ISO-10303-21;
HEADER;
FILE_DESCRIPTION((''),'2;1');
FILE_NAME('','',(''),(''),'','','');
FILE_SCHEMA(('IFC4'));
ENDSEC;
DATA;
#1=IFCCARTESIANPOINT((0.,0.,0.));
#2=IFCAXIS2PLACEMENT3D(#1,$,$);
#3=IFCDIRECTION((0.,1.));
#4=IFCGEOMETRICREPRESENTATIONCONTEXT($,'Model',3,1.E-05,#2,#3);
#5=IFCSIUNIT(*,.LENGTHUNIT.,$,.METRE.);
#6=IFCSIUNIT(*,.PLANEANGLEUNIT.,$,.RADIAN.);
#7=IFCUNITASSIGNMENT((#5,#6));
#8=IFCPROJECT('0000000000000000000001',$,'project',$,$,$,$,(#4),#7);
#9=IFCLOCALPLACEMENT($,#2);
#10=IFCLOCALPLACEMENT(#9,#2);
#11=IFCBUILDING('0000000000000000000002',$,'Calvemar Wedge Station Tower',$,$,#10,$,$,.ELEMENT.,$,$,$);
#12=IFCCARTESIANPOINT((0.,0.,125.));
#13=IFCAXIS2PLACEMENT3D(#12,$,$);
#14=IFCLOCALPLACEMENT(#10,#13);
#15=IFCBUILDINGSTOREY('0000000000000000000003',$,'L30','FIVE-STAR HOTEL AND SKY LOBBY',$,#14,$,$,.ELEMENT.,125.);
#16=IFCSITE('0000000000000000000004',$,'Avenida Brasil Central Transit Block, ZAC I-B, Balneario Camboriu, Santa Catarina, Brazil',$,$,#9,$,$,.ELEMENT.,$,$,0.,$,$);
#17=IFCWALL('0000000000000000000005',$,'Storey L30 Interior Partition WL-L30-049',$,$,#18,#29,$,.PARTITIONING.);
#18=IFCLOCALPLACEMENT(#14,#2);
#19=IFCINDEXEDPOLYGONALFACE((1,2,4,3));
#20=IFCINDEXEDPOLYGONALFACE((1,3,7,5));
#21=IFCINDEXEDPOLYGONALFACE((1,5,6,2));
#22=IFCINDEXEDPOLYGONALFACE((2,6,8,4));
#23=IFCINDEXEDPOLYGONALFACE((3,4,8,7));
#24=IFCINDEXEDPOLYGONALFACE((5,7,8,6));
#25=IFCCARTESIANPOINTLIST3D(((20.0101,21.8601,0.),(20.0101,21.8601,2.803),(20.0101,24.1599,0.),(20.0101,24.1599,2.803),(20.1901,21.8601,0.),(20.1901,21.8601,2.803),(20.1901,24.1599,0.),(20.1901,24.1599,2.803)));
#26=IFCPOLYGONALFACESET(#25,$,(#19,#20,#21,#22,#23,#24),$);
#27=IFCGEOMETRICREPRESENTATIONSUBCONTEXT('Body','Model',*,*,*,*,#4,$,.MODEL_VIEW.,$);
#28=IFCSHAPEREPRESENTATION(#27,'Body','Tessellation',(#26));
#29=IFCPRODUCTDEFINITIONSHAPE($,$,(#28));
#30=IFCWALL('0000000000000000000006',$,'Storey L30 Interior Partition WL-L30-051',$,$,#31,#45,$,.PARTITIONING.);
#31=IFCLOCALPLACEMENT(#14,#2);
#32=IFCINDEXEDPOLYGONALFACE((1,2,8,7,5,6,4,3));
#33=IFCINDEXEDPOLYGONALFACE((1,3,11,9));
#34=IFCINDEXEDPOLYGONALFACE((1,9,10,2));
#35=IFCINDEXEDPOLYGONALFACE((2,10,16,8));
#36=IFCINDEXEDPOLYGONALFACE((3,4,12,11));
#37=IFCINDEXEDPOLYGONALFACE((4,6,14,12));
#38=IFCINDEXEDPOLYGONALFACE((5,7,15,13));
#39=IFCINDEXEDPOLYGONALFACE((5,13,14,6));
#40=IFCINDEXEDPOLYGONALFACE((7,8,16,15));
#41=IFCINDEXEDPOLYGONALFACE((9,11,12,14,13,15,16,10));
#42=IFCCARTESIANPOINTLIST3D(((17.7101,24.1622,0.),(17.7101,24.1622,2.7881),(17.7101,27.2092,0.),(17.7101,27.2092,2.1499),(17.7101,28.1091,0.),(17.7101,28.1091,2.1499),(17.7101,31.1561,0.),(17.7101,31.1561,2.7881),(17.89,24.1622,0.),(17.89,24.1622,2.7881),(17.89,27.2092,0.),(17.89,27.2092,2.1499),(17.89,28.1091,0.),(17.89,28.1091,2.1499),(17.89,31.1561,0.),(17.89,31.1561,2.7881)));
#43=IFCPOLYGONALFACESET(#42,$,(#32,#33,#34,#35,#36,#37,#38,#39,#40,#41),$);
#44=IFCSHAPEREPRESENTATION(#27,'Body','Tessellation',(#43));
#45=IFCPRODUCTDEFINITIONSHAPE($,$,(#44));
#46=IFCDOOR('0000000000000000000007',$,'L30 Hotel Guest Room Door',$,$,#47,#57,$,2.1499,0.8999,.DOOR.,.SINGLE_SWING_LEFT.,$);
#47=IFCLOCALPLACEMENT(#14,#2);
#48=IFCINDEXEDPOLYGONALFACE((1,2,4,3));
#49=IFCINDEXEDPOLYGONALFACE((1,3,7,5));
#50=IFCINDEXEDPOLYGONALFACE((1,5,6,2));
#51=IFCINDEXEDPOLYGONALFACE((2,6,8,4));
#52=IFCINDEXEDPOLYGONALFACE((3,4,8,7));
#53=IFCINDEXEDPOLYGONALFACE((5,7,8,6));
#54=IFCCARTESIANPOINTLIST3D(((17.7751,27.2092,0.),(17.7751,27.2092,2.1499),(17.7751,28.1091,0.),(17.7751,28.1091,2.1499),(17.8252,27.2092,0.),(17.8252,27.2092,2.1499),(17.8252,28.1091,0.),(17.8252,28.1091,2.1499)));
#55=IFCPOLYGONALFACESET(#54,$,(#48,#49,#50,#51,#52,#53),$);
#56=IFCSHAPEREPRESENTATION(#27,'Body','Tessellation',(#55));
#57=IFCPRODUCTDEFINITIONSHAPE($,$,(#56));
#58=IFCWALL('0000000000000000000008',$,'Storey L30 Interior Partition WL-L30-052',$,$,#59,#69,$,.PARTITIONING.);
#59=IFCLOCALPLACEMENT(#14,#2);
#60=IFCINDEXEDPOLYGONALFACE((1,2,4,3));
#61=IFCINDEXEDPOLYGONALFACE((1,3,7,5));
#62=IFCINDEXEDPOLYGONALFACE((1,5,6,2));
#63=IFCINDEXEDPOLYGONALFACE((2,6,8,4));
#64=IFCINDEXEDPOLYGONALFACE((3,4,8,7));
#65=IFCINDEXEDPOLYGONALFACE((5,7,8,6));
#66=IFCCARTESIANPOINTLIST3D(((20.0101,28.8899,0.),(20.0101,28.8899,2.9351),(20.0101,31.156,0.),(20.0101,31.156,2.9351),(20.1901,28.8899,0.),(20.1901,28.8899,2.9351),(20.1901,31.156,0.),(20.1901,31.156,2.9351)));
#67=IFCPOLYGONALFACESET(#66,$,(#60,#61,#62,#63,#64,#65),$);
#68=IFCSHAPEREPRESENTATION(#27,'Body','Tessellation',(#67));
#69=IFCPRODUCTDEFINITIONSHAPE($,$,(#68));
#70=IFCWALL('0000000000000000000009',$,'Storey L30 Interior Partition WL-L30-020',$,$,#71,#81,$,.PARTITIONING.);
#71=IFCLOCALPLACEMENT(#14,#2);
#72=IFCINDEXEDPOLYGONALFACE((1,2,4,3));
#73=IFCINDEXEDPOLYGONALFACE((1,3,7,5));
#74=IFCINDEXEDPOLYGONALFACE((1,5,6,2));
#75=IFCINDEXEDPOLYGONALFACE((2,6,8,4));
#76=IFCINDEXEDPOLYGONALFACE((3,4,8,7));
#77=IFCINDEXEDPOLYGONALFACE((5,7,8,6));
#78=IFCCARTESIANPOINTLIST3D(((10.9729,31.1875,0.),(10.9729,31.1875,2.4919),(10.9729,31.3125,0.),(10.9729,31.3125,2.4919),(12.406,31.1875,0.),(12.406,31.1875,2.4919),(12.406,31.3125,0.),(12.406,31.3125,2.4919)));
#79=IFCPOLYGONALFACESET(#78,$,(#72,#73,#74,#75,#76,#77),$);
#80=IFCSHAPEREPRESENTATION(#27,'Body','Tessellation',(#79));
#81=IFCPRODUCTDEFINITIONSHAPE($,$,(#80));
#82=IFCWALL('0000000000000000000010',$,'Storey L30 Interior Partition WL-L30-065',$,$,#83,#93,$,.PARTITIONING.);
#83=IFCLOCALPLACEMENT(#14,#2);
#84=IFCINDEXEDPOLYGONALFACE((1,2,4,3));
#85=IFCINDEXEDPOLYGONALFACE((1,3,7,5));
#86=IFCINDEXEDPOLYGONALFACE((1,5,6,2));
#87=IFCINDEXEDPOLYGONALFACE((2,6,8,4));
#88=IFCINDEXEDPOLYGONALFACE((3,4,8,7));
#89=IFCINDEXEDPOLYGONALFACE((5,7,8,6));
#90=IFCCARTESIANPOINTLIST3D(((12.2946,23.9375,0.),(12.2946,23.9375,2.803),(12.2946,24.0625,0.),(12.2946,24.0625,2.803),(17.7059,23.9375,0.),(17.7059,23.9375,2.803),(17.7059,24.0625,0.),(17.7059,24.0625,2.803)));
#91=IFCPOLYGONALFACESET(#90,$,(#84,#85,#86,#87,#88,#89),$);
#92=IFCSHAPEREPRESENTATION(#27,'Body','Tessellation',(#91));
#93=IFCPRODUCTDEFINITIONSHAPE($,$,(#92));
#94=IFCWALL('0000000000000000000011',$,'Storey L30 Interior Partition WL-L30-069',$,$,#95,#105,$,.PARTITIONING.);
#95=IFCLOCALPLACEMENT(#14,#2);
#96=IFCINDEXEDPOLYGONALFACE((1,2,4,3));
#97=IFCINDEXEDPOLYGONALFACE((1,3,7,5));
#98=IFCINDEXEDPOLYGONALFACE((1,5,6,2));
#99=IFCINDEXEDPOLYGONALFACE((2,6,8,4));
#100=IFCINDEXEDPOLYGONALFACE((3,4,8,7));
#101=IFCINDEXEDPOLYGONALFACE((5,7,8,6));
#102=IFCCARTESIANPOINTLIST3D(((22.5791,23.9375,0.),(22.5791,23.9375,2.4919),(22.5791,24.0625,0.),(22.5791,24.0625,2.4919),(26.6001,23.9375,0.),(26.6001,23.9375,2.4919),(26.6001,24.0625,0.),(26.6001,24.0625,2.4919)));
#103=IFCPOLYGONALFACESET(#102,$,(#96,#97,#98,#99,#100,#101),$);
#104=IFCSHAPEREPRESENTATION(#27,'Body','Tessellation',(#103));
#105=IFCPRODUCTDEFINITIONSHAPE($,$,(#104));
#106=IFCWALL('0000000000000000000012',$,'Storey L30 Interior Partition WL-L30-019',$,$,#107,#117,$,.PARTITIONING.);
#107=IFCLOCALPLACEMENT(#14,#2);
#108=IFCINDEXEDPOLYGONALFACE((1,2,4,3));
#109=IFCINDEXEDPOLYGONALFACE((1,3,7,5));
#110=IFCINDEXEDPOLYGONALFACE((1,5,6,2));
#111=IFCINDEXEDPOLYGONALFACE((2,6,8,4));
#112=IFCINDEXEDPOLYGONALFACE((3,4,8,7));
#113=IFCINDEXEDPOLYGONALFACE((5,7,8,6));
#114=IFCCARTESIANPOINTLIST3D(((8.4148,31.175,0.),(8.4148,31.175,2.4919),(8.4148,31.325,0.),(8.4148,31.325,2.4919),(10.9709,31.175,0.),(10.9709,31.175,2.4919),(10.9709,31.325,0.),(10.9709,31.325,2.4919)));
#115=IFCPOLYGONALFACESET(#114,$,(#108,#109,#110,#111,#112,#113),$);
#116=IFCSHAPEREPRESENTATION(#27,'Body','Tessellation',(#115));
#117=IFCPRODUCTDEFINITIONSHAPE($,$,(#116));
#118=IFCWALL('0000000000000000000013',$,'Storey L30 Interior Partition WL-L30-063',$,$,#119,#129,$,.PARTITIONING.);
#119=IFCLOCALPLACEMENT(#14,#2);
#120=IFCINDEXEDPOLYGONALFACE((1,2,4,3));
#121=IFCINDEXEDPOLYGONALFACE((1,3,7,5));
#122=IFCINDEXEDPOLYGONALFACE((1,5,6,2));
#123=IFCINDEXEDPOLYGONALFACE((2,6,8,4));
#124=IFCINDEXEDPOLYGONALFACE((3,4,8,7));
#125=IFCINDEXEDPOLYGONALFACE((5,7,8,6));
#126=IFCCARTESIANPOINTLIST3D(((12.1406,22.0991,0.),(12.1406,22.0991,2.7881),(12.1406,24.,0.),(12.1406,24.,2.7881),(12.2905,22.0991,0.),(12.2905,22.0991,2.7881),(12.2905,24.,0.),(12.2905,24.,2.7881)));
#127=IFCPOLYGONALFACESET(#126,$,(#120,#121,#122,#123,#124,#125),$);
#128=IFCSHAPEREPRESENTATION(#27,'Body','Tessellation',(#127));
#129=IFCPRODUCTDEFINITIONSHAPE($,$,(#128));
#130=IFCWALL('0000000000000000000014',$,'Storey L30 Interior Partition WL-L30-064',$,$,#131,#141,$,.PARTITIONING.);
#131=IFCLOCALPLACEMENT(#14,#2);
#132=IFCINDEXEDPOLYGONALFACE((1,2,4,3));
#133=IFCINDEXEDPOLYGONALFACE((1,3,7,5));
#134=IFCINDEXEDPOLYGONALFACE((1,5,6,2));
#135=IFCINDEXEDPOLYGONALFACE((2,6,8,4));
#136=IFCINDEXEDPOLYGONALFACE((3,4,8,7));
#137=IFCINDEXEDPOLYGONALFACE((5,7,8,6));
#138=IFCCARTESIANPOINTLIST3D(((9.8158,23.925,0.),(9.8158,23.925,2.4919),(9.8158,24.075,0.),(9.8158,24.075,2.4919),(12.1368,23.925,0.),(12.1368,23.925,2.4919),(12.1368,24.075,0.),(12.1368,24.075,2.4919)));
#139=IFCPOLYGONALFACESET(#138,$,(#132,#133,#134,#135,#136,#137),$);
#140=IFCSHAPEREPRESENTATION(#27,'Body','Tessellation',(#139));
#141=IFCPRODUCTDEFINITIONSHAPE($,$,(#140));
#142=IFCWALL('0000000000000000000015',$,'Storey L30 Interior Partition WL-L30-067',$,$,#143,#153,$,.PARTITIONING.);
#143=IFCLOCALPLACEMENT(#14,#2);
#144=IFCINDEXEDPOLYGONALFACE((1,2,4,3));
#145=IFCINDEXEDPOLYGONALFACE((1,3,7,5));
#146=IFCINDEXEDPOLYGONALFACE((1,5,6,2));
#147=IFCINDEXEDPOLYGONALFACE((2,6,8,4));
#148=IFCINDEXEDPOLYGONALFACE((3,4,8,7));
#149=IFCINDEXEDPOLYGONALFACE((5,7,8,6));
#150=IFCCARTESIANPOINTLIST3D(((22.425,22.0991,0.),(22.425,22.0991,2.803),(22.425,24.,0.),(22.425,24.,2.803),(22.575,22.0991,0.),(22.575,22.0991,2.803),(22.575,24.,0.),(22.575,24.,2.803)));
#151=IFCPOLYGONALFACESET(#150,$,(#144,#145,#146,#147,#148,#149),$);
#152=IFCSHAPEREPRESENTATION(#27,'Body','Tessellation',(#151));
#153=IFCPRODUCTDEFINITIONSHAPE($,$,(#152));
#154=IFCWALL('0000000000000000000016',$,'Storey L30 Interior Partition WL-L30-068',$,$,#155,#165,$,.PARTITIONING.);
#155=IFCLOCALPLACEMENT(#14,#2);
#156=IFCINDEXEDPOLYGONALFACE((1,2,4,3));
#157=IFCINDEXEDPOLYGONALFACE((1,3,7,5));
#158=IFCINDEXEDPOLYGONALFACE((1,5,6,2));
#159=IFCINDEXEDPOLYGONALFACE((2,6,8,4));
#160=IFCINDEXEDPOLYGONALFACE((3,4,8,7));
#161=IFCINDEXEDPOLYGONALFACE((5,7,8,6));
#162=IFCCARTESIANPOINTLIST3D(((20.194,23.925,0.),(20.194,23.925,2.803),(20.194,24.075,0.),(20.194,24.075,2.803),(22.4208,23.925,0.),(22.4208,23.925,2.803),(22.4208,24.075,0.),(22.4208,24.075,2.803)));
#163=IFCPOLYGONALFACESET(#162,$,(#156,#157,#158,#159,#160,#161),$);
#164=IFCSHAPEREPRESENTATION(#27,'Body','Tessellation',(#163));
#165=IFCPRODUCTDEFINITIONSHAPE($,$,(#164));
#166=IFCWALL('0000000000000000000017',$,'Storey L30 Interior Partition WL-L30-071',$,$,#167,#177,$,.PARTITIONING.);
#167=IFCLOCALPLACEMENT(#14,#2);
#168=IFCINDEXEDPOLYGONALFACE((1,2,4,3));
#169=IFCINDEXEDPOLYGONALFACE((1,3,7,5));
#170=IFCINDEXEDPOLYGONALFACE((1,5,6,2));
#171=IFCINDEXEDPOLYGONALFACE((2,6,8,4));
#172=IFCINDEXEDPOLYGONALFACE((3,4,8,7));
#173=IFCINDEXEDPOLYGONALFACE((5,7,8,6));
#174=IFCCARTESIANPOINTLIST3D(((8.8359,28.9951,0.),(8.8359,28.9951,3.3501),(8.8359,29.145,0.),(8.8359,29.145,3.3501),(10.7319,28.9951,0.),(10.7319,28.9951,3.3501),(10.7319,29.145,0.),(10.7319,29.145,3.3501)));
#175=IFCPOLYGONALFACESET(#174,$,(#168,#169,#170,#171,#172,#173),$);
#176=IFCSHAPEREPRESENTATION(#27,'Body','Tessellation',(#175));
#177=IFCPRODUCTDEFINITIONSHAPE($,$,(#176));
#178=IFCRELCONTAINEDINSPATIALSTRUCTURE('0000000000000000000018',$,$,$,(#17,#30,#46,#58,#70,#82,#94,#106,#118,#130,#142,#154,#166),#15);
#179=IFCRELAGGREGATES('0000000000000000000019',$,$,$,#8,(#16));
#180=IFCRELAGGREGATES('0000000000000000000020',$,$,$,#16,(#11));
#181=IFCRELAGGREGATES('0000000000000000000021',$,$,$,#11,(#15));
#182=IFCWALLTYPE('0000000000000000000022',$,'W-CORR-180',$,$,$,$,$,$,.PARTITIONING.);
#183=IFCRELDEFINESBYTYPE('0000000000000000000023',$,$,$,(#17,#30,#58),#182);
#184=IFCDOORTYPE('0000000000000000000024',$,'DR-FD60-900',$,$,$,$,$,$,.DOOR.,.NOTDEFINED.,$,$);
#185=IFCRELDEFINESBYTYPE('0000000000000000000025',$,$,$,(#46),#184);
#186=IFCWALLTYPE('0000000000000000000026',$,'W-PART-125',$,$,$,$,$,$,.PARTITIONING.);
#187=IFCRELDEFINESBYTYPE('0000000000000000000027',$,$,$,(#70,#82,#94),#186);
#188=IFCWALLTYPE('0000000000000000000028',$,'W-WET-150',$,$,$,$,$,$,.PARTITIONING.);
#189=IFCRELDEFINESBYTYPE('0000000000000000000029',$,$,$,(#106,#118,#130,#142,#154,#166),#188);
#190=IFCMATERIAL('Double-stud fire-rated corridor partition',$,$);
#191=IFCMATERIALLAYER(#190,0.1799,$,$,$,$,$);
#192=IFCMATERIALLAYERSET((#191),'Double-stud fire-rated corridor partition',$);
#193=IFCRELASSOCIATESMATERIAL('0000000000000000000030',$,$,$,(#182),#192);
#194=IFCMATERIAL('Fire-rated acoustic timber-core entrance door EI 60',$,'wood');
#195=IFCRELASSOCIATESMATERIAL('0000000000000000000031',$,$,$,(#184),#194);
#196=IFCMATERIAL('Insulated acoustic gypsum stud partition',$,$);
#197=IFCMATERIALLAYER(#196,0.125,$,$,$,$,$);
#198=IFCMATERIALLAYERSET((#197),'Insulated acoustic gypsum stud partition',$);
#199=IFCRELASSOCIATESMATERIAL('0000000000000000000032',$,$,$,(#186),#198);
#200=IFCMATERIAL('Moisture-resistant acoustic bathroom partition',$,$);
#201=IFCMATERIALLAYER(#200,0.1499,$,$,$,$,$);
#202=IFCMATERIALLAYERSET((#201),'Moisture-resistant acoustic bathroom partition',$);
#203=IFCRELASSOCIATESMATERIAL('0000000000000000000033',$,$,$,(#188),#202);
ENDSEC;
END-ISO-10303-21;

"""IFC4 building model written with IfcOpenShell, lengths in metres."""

from ifc_helpers import new_model, si_unit, direction, frame, frame_2d, origin, place, context, subcontext, project, spatial, rectangle, extrude, source, transform, mapped, material, layer, layer_set, type_object, element, fill, save


model = new_model("IFC4")

# Units and contexts
model_context = context("Model", 3, precision=1e-05, world=origin(), true_north=direction((0.0, 1.0)))
body_context = subcontext(model_context, "Body", "Model", "MODEL_VIEW")
ifc_project = project(units=[si_unit("LENGTHUNIT", "METRE"), si_unit("PLANEANGLEUNIT", "RADIAN")], contexts=[model_context])

# Site, building, storey
site_placement = place(None, origin())
site = spatial("IfcSite", under=ifc_project, at=site_placement, Name="Avenida Brasil Central Transit Block, ZAC I-B, Balneario Camboriu, Santa Catarina, Brazil", CompositionType="ELEMENT", RefElevation=0.0)
building_placement = place(site_placement, origin())
building = spatial("IfcBuilding", under=site, at=building_placement, Name="Calvemar Wedge Station Tower", CompositionType="ELEMENT")
storey_placement = place(building_placement, frame((0.0, 0.0, 125.0)))
storey = spatial("IfcBuildingStorey", under=building, at=storey_placement, Name="L30", Description="FIVE-STAR HOTEL AND SKY LOBBY", CompositionType="ELEMENT", Elevation=125.0)

# Wall
ifc_material_1 = material(Name="Double-stud fire-rated corridor partition")
ifc_layer_1 = layer(ifc_material_1, 0.1799)
ifc_layer_set_1 = layer_set([ifc_layer_1], Name="Double-stud fire-rated corridor partition")
wall_type_1 = type_object("IfcWallType", Name="W-CORR-180", PredefinedType="PARTITIONING", material=ifc_layer_set_1)
wall_1_placement = place(storey_placement, frame((20.1001, 24.1599, 0.0), z_axis=(0.0, 0.0, 1.0), x_axis=(0.0, -1.0, 0.0)))
element("IfcWall", 1, at=wall_1_placement, inside=storey, type_object=wall_type_1, Name="Storey L30 Interior Partition WL-L30-049", PredefinedType="PARTITIONING", context=body_context, shape_type="SweptSolid", body=[
    extrude(rectangle(XDim=2.2998, YDim=0.1799, at=frame_2d((1.1499, 0.0))), origin(), (0.0, 0.0, 1.0), 2.803),
])

# Wall, opening, door
wall_2_placement = place(storey_placement, frame((17.8, 24.1621, 0.0), z_axis=(0.0, 0.0, 1.0), x_axis=(0.0, 1.0, 0.0)))
wall_2 = element("IfcWall", 2, at=wall_2_placement, inside=storey, type_object=wall_type_1, Name="Storey L30 Interior Partition WL-L30-051", PredefinedType="PARTITIONING", context=body_context, shape_type="SweptSolid", body=[
    extrude(rectangle(XDim=6.9939, YDim=0.1799, at=frame_2d((3.4971, 0.0))), origin(), (0.0, 0.0, 1.0), 2.7881),
])
shared_shape_1 = source(origin(), body_context, "Body", "SweptSolid", [
    extrude(rectangle(XDim=0.8999, YDim=2.1499, at=frame_2d((0.45, 1.075))), frame((0.0, 0.1001, 0.0), z_axis=(0.0, -1.0, 0.0), x_axis=(1.0, 0.0, 0.0)), (0.0, 0.0, 1.0), 0.2),
])
opening_1_placement = place(wall_2_placement, frame((3.0471, 0.0, 0.0)))
opening_1 = element("IfcOpeningElement", 3, at=opening_1_placement, cuts=wall_2, PredefinedType="OPENING", context=body_context, shape_type="MappedRepresentation", body=[
    mapped(shared_shape_1, transform((0.0, 0.0, 0.0), scale=1.0)),
])
ifc_material_2 = material(Name="Fire-rated acoustic timber-core entrance door EI 60", Category="wood")
door_type_1 = type_object("IfcDoorType", Name="DR-FD60-900", OperationType="NOTDEFINED", PredefinedType="DOOR", material=ifc_material_2)
shared_shape_2 = source(origin(), body_context, "Body", "SweptSolid", [
    extrude(rectangle(XDim=0.8999, YDim=2.1499, at=frame_2d((0.45, 1.075))), frame((0.0, 0.0249, 0.0), z_axis=(0.0, -1.0, 0.0), x_axis=(1.0, 0.0, 0.0)), (0.0, 0.0, 1.0), 0.05),
])
door_1_placement = place(opening_1_placement, origin())
door_1 = element("IfcDoor", 4, at=door_1_placement, inside=storey, type_object=door_type_1, Name="L30 Hotel Guest Room Door", OperationType="SINGLE_SWING_LEFT", OverallHeight=2.1499, OverallWidth=0.8999, PredefinedType="DOOR", context=body_context, shape_type="MappedRepresentation", body=[
    mapped(shared_shape_2, transform((0.0, 0.0, 0.0), scale=1.0)),
])
fill(opening_1, door_1)

# Wall
wall_3_placement = place(storey_placement, frame((20.1001, 31.156, 0.0), z_axis=(0.0, 0.0, 1.0), x_axis=(0.0, -1.0, 0.0)))
element("IfcWall", 5, at=wall_3_placement, inside=storey, type_object=wall_type_1, Name="Storey L30 Interior Partition WL-L30-052", PredefinedType="PARTITIONING", context=body_context, shape_type="SweptSolid", body=[
    extrude(rectangle(XDim=2.2661, YDim=0.1799, at=frame_2d((1.1331, 0.0))), origin(), (0.0, 0.0, 1.0), 2.9351),
])

# Walls
ifc_material_3 = material(Name="Insulated acoustic gypsum stud partition")
ifc_layer_2 = layer(ifc_material_3, 0.125)
ifc_layer_set_2 = layer_set([ifc_layer_2], Name="Insulated acoustic gypsum stud partition")
wall_type_2 = type_object("IfcWallType", Name="W-PART-125", PredefinedType="PARTITIONING", material=ifc_layer_set_2)
wall_4_placement = place(storey_placement, frame((12.406, 31.25, 0.0), z_axis=(0.0, 0.0, 1.0), x_axis=(-1.0, 0.0, 0.0)))
element("IfcWall", 6, at=wall_4_placement, inside=storey, type_object=wall_type_2, Name="Storey L30 Interior Partition WL-L30-020", PredefinedType="PARTITIONING", context=body_context, shape_type="SweptSolid", body=[
    extrude(rectangle(XDim=1.4331, YDim=0.125, at=frame_2d((0.7166, 0.0))), origin(), (0.0, 0.0, 1.0), 2.4919),
])
wall_5_placement = place(storey_placement, frame((12.2947, 24.0, 0.0), z_axis=(0.0, 0.0, 1.0), x_axis=(1.0, 0.0, 0.0)))
element("IfcWall", 7, at=wall_5_placement, inside=storey, type_object=wall_type_2, Name="Storey L30 Interior Partition WL-L30-065", PredefinedType="PARTITIONING", context=body_context, shape_type="SweptSolid", body=[
    extrude(rectangle(XDim=5.4114, YDim=0.125, at=frame_2d((2.7056, 0.0))), origin(), (0.0, 0.0, 1.0), 2.803),
])
wall_6_placement = place(storey_placement, frame((22.5791, 24.0, 0.0), z_axis=(0.0, 0.0, 1.0), x_axis=(1.0, 0.0, 0.0)))
element("IfcWall", 8, at=wall_6_placement, inside=storey, type_object=wall_type_2, Name="Storey L30 Interior Partition WL-L30-069", PredefinedType="PARTITIONING", context=body_context, shape_type="SweptSolid", body=[
    extrude(rectangle(XDim=4.021, YDim=0.125, at=frame_2d((2.0105, 0.0))), origin(), (0.0, 0.0, 1.0), 2.4919),
])
ifc_material_4 = material(Name="Moisture-resistant acoustic bathroom partition")
ifc_layer_3 = layer(ifc_material_4, 0.1499)
ifc_layer_set_3 = layer_set([ifc_layer_3], Name="Moisture-resistant acoustic bathroom partition")
wall_type_3 = type_object("IfcWallType", Name="W-WET-150", PredefinedType="PARTITIONING", material=ifc_layer_set_3)
wall_7_placement = place(storey_placement, frame((10.9709, 31.25, 0.0), z_axis=(0.0, 0.0, 1.0), x_axis=(-1.0, 0.0, 0.0)))
element("IfcWall", 9, at=wall_7_placement, inside=storey, type_object=wall_type_3, Name="Storey L30 Interior Partition WL-L30-019", PredefinedType="PARTITIONING", context=body_context, shape_type="SweptSolid", body=[
    extrude(rectangle(XDim=2.5562, YDim=0.1499, at=frame_2d((1.2781, 0.0))), origin(), (0.0, 0.0, 1.0), 2.4919),
])
wall_8_placement = place(storey_placement, frame((12.2156, 24.0, 0.0), z_axis=(0.0, 0.0, 1.0), x_axis=(0.0, -1.0, 0.0)))
element("IfcWall", 10, at=wall_8_placement, inside=storey, type_object=wall_type_3, Name="Storey L30 Interior Partition WL-L30-063", PredefinedType="PARTITIONING", context=body_context, shape_type="SweptSolid", body=[
    extrude(rectangle(XDim=1.9009, YDim=0.1499, at=frame_2d((0.9504, 0.0))), origin(), (0.0, 0.0, 1.0), 2.7881),
])
wall_9_placement = place(storey_placement, frame((9.8157, 24.0, 0.0), z_axis=(0.0, 0.0, 1.0), x_axis=(1.0, 0.0, 0.0)))
element("IfcWall", 11, at=wall_9_placement, inside=storey, type_object=wall_type_3, Name="Storey L30 Interior Partition WL-L30-064", PredefinedType="PARTITIONING", context=body_context, shape_type="SweptSolid", body=[
    extrude(rectangle(XDim=2.321, YDim=0.1499, at=frame_2d((1.1606, 0.0))), origin(), (0.0, 0.0, 1.0), 2.4919),
])
wall_10_placement = place(storey_placement, frame((22.5, 24.0, 0.0), z_axis=(0.0, 0.0, 1.0), x_axis=(0.0, -1.0, 0.0)))
element("IfcWall", 12, at=wall_10_placement, inside=storey, type_object=wall_type_3, Name="Storey L30 Interior Partition WL-L30-067", PredefinedType="PARTITIONING", context=body_context, shape_type="SweptSolid", body=[
    extrude(rectangle(XDim=1.9009, YDim=0.1499, at=frame_2d((0.9504, 0.0))), origin(), (0.0, 0.0, 1.0), 2.803),
])
wall_11_placement = place(storey_placement, frame((20.1941, 24.0, 0.0), z_axis=(0.0, 0.0, 1.0), x_axis=(1.0, 0.0, 0.0)))
element("IfcWall", 13, at=wall_11_placement, inside=storey, type_object=wall_type_3, Name="Storey L30 Interior Partition WL-L30-068", PredefinedType="PARTITIONING", context=body_context, shape_type="SweptSolid", body=[
    extrude(rectangle(XDim=2.2268, YDim=0.1499, at=frame_2d((1.1133, 0.0))), origin(), (0.0, 0.0, 1.0), 2.803),
])

# Wall
wall_12_placement = place(storey_placement, frame((10.7319, 29.0701, 0.0), z_axis=(0.0, 0.0, 1.0), x_axis=(-1.0, 0.0, 0.0)))
element("IfcWall", 14, at=wall_12_placement, inside=storey, type_object=wall_type_3, Name="Storey L30 Interior Partition WL-L30-071", PredefinedType="PARTITIONING", context=body_context, shape_type="SweptSolid", body=[
    extrude(rectangle(XDim=1.896, YDim=0.1499, at=frame_2d((0.948, 0.0))), origin(), (0.0, 0.0, 1.0), 3.3501),
])

save(model, "model.ifc")
